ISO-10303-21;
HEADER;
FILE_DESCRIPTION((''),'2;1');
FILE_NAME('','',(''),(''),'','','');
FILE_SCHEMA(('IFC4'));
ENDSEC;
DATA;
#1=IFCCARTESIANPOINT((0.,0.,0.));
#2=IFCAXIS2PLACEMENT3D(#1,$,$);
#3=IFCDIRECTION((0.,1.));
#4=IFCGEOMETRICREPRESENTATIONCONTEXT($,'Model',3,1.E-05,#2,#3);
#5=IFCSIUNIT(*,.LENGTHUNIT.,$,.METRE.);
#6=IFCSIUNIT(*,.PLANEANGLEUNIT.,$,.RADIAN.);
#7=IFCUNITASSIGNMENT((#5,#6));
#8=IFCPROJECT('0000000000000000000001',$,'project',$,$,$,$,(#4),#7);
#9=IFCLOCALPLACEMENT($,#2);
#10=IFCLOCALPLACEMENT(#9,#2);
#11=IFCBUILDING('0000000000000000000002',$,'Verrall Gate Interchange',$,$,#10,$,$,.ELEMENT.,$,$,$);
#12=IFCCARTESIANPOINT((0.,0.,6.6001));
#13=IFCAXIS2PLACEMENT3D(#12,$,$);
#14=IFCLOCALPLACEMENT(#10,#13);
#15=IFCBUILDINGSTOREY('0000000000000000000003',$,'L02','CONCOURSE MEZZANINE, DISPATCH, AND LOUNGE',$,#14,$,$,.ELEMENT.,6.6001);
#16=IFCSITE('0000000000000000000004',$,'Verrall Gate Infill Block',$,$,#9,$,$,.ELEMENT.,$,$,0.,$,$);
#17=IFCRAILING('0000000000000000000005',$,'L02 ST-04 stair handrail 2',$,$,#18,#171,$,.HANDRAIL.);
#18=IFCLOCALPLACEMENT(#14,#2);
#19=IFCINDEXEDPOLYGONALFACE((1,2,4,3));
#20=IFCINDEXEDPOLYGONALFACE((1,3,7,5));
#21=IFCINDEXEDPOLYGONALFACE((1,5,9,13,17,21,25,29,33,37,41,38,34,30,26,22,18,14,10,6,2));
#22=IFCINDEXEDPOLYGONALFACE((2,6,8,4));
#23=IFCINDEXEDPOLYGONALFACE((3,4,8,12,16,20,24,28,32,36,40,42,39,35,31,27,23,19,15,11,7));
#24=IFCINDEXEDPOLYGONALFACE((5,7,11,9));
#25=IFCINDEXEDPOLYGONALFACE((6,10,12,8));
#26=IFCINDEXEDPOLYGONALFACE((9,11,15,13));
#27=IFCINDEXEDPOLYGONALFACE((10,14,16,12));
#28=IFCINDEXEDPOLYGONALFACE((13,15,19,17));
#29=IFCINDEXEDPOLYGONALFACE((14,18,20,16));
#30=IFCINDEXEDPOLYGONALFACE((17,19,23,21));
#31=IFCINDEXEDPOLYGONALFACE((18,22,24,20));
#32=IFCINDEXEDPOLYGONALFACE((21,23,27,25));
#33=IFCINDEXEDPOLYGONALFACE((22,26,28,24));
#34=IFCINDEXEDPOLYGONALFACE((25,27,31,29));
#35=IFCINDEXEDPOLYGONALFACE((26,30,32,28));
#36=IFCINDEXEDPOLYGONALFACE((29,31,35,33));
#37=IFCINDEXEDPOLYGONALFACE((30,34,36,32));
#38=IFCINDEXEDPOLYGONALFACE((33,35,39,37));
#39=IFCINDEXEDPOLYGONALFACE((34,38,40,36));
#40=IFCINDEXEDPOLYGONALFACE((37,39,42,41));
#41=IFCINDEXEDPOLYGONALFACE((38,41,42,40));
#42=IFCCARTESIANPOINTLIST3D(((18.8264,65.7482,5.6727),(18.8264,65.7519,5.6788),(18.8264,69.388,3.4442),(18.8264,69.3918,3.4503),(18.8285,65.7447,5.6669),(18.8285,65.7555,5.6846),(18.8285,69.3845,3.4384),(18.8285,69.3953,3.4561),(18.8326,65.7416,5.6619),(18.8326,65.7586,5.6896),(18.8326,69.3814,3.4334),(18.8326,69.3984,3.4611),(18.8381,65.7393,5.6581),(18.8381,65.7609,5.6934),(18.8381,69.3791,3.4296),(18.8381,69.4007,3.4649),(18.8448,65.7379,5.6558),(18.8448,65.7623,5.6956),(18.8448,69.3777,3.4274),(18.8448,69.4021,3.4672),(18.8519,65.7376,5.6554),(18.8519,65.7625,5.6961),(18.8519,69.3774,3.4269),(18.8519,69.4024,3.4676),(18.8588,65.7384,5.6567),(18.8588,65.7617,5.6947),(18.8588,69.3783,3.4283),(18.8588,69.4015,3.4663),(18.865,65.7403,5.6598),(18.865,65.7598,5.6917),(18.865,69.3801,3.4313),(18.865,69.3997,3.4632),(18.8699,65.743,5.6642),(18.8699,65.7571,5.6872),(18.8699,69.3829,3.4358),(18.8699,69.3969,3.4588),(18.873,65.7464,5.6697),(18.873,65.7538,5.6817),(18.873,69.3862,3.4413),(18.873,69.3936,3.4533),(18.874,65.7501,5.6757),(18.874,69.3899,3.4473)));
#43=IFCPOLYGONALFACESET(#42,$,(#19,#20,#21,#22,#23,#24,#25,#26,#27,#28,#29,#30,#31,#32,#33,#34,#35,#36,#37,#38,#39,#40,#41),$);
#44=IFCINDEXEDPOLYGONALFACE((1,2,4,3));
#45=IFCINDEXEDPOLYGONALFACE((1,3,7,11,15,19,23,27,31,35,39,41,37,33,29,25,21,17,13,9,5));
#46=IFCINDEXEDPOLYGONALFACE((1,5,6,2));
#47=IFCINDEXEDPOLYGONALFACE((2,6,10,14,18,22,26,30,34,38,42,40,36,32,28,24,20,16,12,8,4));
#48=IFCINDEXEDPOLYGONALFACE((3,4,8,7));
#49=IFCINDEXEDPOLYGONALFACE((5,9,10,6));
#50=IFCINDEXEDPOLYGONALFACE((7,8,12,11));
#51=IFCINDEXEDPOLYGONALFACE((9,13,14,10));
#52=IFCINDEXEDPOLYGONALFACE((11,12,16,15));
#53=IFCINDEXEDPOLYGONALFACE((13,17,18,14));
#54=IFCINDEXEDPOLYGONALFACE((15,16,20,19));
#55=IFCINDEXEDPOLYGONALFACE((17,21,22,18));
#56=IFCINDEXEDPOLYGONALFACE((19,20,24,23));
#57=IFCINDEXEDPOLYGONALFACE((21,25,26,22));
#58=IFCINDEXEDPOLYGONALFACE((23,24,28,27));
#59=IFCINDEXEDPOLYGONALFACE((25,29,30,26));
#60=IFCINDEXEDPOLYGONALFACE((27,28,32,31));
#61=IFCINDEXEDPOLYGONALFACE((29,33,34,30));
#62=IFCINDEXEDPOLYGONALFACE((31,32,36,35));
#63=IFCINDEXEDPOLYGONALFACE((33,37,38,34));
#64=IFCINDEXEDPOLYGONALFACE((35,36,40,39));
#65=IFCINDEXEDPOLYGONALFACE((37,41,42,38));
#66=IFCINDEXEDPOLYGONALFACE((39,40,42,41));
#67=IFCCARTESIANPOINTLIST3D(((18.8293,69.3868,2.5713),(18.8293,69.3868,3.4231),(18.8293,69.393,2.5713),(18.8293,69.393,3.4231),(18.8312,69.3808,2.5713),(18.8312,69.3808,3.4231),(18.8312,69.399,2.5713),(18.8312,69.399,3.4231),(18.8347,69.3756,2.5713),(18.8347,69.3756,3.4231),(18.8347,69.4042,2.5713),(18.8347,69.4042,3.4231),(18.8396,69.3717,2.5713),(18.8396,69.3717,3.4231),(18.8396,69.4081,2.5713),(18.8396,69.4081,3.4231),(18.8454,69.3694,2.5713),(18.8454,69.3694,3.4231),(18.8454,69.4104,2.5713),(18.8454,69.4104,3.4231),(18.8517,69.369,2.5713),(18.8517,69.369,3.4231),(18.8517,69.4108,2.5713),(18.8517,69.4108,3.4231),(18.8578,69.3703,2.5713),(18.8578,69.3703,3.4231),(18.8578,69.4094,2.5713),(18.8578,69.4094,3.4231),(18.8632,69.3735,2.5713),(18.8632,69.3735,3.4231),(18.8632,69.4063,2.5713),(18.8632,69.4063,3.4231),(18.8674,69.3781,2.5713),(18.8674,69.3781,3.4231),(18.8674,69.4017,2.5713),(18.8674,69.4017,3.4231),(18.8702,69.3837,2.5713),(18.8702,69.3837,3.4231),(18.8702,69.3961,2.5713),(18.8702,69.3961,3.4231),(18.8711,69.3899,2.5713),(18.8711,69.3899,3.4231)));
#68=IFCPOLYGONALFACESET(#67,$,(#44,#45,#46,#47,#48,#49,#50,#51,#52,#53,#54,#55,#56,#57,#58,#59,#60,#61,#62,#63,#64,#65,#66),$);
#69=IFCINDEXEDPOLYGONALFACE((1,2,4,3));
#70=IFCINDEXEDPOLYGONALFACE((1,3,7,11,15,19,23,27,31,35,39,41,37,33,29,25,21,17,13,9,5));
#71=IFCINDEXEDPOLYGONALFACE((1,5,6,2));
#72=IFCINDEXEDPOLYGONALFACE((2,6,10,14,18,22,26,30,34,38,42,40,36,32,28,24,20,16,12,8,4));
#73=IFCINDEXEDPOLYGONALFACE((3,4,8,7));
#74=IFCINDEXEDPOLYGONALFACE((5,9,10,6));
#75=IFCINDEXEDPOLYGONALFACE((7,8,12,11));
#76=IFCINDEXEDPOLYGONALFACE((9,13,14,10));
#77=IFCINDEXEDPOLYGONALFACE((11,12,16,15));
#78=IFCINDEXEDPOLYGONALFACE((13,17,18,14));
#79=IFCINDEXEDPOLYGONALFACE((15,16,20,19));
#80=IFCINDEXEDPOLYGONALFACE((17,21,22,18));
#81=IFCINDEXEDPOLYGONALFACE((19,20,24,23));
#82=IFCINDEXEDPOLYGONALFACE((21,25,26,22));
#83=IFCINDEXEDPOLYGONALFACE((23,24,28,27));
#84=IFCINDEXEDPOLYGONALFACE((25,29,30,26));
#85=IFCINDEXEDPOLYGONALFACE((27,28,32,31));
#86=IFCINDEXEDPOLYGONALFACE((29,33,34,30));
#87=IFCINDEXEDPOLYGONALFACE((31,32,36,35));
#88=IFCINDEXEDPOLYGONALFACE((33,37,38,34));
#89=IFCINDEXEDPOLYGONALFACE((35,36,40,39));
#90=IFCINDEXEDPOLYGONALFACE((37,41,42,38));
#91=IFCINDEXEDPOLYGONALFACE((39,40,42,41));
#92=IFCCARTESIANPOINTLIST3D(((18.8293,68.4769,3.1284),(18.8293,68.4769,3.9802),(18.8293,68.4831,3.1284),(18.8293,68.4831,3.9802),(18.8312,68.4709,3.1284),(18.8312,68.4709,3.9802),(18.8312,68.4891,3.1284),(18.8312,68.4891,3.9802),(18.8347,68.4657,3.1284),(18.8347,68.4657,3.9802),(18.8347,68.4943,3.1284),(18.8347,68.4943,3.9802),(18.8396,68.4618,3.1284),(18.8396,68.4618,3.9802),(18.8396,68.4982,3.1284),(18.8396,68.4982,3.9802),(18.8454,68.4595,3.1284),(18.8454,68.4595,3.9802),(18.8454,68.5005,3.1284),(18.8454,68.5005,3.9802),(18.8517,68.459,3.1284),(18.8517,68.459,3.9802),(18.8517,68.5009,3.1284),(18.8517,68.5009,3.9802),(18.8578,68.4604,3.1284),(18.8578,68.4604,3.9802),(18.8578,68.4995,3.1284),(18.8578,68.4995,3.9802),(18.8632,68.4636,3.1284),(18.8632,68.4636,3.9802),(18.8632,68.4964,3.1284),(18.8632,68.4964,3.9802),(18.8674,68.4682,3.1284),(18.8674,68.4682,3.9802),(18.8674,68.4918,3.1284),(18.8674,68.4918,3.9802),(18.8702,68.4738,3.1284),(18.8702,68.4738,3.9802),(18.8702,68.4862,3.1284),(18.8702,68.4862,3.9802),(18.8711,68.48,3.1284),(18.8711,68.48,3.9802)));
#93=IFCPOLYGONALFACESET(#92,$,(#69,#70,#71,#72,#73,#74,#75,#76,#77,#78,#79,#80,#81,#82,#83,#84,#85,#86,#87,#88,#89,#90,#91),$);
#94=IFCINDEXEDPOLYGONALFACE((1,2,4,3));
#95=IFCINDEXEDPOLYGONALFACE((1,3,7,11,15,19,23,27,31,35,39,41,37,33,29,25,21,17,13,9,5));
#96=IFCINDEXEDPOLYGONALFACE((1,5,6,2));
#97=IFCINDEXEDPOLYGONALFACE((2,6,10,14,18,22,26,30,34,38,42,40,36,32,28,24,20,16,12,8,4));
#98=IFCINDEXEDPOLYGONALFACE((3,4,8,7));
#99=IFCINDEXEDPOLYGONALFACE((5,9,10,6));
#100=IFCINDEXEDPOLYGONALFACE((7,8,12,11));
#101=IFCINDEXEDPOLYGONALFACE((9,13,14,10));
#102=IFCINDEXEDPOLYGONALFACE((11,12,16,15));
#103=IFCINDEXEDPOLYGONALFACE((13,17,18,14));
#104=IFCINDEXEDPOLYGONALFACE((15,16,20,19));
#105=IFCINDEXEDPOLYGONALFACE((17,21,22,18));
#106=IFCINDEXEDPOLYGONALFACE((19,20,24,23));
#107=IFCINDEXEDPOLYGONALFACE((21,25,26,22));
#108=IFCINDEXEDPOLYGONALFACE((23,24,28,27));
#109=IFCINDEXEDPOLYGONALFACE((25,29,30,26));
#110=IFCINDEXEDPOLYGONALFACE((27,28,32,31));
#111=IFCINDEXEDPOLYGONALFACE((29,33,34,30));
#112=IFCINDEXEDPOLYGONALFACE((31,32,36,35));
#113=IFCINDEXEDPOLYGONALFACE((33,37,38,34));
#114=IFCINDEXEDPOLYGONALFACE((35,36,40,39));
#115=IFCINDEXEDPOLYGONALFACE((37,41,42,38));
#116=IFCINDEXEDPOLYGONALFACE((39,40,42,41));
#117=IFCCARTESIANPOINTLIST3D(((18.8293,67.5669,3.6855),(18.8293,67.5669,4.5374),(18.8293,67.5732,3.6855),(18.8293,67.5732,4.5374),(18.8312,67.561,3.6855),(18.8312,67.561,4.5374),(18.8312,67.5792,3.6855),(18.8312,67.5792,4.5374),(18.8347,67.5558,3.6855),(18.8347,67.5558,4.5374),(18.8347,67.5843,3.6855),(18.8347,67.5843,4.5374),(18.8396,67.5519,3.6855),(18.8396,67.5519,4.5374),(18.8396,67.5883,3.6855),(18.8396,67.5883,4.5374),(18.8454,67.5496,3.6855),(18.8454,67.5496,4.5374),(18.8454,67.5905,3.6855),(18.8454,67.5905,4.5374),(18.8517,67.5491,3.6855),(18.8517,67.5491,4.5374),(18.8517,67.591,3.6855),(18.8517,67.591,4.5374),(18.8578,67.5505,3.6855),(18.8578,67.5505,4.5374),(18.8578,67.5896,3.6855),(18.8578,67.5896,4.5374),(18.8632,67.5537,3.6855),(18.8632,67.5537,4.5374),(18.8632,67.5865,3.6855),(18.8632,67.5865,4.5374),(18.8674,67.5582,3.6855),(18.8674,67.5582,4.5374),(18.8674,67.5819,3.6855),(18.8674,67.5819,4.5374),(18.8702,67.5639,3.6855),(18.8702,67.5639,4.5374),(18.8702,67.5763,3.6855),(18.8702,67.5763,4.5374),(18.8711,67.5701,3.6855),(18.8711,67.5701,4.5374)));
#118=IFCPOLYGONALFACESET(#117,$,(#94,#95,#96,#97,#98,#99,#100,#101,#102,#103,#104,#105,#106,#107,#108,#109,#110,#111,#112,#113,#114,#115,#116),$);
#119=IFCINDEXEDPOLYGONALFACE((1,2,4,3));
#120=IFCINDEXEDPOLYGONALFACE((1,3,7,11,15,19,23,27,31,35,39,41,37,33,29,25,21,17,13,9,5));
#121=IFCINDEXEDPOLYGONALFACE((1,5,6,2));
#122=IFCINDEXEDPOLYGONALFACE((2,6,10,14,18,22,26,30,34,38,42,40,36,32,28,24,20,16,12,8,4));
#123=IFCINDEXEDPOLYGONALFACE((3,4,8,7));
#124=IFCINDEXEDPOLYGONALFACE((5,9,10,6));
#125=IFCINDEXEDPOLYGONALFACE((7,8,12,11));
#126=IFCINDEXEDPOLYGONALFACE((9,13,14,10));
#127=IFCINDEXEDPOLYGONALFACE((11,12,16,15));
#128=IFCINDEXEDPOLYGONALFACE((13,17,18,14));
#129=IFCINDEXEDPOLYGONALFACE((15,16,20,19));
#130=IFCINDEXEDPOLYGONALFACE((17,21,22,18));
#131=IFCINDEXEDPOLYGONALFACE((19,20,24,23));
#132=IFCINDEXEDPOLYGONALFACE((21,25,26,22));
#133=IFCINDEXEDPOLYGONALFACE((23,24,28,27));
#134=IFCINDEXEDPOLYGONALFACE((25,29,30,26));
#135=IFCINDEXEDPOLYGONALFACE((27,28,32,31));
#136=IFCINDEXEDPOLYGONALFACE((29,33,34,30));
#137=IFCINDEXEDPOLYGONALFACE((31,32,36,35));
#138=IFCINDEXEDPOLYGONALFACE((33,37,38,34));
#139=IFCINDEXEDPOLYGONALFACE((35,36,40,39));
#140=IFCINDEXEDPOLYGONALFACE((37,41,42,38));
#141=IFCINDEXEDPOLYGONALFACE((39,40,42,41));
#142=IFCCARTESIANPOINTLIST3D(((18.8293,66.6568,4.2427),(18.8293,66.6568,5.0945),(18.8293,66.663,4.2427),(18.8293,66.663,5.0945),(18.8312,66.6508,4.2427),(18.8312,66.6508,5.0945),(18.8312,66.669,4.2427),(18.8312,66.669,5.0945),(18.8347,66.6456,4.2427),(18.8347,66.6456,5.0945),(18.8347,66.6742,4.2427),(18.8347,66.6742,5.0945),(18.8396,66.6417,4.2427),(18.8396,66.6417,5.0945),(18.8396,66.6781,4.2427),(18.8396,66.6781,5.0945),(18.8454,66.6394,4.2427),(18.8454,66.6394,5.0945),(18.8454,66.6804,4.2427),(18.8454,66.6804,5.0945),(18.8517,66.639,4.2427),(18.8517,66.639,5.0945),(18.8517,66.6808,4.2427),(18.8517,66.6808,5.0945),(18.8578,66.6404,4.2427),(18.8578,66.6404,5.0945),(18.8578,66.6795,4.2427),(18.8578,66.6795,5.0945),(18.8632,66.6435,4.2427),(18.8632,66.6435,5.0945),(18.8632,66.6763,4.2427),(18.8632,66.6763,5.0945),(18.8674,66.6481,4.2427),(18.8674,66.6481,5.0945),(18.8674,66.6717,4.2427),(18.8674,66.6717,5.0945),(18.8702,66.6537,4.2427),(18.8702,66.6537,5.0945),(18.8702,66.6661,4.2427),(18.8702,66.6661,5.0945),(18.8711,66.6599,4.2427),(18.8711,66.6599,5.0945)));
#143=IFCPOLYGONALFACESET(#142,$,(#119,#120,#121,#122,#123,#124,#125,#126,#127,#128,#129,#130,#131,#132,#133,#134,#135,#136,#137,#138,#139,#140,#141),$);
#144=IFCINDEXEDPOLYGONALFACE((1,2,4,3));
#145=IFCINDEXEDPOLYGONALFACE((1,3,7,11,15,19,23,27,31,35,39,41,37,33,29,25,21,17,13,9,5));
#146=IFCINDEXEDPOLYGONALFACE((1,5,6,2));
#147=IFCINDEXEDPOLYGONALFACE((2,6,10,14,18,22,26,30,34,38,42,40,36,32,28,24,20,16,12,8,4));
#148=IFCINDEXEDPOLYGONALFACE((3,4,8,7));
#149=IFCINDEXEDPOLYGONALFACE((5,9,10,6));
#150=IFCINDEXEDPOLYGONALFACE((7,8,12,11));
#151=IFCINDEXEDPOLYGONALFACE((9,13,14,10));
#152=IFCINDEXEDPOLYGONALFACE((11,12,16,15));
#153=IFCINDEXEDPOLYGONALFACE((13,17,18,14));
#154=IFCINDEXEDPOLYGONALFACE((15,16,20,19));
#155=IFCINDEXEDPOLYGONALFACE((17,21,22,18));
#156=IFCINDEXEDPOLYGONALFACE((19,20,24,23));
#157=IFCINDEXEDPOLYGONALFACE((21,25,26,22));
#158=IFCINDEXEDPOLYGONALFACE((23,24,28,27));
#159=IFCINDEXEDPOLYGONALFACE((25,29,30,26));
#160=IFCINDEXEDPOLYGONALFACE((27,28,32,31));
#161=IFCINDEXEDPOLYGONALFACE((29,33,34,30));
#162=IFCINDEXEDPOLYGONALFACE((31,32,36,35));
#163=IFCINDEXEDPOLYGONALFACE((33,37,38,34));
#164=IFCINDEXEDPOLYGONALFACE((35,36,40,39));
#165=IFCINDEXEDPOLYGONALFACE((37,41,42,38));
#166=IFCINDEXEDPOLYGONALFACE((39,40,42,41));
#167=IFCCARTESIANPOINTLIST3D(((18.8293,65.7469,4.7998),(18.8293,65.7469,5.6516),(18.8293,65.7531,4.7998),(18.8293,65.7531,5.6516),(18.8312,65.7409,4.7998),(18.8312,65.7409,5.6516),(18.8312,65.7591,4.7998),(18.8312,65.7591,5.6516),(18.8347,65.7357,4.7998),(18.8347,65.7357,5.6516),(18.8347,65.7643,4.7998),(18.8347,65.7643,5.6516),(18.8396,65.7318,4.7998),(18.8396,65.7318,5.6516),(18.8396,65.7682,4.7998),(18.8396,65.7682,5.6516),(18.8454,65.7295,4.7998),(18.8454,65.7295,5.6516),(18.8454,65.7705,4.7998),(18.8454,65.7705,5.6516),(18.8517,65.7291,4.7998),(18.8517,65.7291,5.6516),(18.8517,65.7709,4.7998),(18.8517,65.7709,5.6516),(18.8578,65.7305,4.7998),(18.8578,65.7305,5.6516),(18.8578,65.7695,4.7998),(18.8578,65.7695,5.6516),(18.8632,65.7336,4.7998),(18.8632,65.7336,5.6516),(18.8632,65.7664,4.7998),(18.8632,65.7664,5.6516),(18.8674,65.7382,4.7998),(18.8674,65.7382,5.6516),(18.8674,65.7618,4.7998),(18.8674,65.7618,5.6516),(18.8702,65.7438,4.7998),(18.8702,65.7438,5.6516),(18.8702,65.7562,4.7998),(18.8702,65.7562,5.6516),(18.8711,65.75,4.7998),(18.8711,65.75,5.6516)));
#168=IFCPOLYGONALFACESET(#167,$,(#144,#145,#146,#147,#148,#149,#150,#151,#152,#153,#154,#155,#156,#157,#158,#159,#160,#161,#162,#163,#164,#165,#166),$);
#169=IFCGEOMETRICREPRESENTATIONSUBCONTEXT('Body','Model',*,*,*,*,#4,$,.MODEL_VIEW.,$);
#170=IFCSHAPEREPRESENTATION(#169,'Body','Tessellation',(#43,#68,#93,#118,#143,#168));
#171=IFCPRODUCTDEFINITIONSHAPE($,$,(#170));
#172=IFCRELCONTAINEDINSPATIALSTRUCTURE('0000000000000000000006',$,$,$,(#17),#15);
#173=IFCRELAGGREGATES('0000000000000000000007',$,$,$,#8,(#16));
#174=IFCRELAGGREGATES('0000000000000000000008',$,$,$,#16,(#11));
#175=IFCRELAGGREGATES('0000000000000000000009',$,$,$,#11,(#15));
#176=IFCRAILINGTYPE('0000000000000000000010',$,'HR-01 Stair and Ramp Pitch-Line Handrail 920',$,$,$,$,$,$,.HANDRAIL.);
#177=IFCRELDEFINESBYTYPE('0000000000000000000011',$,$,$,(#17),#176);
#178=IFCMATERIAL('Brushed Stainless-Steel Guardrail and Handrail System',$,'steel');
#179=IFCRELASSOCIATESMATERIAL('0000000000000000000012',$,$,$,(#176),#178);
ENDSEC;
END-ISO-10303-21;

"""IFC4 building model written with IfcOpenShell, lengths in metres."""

from ifc_helpers import new_model, si_unit, direction, frame, origin, origin_2d, place, context, subcontext, project, spatial, circle, extrude, material, type_object, element, save


model = new_model("IFC4")

# Units and contexts
model_context = context("Model", 3, precision=1e-05, world=origin(), true_north=direction((0.0, 1.0)))
body_context = subcontext(model_context, "Body", "Model", "MODEL_VIEW")
ifc_project = project(units=[si_unit("LENGTHUNIT", "METRE"), si_unit("PLANEANGLEUNIT", "RADIAN")], contexts=[model_context])

# Site, building, storey
site_placement = place(None, origin())
site = spatial("IfcSite", under=ifc_project, at=site_placement, Name="Verrall Gate Infill Block", CompositionType="ELEMENT", RefElevation=0.0)
building_placement = place(site_placement, origin())
building = spatial("IfcBuilding", under=site, at=building_placement, Name="Verrall Gate Interchange", CompositionType="ELEMENT")
storey_placement = place(building_placement, frame((0.0, 0.0, 6.6001)))
storey = spatial("IfcBuildingStorey", under=building, at=storey_placement, Name="L02", Description="CONCOURSE MEZZANINE, DISPATCH, AND LOUNGE", CompositionType="ELEMENT", Elevation=6.6001)

# Railing
ifc_material_1 = material(Name="Brushed Stainless-Steel Guardrail and Handrail System", Category="steel")
railing_type_1 = type_object("IfcRailingType", Name="HR-01 Stair and Ramp Pitch-Line Handrail 920", PredefinedType="HANDRAIL", material=ifc_material_1)
railing_1_placement = place(storey_placement, frame((18.8501, 69.3899, 2.5713)))
element("IfcRailing", 1, at=railing_1_placement, inside=storey, type_object=railing_type_1, Name="L02 ST-04 stair handrail 2", PredefinedType="HANDRAIL", context=body_context, shape_type="SweptSolid", body=[
    extrude(circle(Radius=0.0239, at=origin_2d()), frame((0.0, 0.0, 0.876), z_axis=(0.0, -0.85285, 0.522156), x_axis=(1.0, 0.0, 0.0)), (0.0, 0.0, 1.0), 4.2678),
    extrude(circle(Radius=0.021, at=origin_2d()), origin(), (0.0, 0.0, 1.0), 0.8518),
    extrude(circle(Radius=0.021, at=origin_2d()), frame((0.0, -0.9099, 0.5571)), (0.0, 0.0, 1.0), 0.8518),
    extrude(circle(Radius=0.021, at=origin_2d()), frame((0.0, -1.8198, 1.1143)), (0.0, 0.0, 1.0), 0.8518),
    extrude(circle(Radius=0.021, at=origin_2d()), frame((0.0, -2.73, 1.6714)), (0.0, 0.0, 1.0), 0.8518),
    extrude(circle(Radius=0.021, at=origin_2d()), frame((0.0, -3.6399, 2.2285)), (0.0, 0.0, 1.0), 0.8518),
])

save(model, "model.ifc")
